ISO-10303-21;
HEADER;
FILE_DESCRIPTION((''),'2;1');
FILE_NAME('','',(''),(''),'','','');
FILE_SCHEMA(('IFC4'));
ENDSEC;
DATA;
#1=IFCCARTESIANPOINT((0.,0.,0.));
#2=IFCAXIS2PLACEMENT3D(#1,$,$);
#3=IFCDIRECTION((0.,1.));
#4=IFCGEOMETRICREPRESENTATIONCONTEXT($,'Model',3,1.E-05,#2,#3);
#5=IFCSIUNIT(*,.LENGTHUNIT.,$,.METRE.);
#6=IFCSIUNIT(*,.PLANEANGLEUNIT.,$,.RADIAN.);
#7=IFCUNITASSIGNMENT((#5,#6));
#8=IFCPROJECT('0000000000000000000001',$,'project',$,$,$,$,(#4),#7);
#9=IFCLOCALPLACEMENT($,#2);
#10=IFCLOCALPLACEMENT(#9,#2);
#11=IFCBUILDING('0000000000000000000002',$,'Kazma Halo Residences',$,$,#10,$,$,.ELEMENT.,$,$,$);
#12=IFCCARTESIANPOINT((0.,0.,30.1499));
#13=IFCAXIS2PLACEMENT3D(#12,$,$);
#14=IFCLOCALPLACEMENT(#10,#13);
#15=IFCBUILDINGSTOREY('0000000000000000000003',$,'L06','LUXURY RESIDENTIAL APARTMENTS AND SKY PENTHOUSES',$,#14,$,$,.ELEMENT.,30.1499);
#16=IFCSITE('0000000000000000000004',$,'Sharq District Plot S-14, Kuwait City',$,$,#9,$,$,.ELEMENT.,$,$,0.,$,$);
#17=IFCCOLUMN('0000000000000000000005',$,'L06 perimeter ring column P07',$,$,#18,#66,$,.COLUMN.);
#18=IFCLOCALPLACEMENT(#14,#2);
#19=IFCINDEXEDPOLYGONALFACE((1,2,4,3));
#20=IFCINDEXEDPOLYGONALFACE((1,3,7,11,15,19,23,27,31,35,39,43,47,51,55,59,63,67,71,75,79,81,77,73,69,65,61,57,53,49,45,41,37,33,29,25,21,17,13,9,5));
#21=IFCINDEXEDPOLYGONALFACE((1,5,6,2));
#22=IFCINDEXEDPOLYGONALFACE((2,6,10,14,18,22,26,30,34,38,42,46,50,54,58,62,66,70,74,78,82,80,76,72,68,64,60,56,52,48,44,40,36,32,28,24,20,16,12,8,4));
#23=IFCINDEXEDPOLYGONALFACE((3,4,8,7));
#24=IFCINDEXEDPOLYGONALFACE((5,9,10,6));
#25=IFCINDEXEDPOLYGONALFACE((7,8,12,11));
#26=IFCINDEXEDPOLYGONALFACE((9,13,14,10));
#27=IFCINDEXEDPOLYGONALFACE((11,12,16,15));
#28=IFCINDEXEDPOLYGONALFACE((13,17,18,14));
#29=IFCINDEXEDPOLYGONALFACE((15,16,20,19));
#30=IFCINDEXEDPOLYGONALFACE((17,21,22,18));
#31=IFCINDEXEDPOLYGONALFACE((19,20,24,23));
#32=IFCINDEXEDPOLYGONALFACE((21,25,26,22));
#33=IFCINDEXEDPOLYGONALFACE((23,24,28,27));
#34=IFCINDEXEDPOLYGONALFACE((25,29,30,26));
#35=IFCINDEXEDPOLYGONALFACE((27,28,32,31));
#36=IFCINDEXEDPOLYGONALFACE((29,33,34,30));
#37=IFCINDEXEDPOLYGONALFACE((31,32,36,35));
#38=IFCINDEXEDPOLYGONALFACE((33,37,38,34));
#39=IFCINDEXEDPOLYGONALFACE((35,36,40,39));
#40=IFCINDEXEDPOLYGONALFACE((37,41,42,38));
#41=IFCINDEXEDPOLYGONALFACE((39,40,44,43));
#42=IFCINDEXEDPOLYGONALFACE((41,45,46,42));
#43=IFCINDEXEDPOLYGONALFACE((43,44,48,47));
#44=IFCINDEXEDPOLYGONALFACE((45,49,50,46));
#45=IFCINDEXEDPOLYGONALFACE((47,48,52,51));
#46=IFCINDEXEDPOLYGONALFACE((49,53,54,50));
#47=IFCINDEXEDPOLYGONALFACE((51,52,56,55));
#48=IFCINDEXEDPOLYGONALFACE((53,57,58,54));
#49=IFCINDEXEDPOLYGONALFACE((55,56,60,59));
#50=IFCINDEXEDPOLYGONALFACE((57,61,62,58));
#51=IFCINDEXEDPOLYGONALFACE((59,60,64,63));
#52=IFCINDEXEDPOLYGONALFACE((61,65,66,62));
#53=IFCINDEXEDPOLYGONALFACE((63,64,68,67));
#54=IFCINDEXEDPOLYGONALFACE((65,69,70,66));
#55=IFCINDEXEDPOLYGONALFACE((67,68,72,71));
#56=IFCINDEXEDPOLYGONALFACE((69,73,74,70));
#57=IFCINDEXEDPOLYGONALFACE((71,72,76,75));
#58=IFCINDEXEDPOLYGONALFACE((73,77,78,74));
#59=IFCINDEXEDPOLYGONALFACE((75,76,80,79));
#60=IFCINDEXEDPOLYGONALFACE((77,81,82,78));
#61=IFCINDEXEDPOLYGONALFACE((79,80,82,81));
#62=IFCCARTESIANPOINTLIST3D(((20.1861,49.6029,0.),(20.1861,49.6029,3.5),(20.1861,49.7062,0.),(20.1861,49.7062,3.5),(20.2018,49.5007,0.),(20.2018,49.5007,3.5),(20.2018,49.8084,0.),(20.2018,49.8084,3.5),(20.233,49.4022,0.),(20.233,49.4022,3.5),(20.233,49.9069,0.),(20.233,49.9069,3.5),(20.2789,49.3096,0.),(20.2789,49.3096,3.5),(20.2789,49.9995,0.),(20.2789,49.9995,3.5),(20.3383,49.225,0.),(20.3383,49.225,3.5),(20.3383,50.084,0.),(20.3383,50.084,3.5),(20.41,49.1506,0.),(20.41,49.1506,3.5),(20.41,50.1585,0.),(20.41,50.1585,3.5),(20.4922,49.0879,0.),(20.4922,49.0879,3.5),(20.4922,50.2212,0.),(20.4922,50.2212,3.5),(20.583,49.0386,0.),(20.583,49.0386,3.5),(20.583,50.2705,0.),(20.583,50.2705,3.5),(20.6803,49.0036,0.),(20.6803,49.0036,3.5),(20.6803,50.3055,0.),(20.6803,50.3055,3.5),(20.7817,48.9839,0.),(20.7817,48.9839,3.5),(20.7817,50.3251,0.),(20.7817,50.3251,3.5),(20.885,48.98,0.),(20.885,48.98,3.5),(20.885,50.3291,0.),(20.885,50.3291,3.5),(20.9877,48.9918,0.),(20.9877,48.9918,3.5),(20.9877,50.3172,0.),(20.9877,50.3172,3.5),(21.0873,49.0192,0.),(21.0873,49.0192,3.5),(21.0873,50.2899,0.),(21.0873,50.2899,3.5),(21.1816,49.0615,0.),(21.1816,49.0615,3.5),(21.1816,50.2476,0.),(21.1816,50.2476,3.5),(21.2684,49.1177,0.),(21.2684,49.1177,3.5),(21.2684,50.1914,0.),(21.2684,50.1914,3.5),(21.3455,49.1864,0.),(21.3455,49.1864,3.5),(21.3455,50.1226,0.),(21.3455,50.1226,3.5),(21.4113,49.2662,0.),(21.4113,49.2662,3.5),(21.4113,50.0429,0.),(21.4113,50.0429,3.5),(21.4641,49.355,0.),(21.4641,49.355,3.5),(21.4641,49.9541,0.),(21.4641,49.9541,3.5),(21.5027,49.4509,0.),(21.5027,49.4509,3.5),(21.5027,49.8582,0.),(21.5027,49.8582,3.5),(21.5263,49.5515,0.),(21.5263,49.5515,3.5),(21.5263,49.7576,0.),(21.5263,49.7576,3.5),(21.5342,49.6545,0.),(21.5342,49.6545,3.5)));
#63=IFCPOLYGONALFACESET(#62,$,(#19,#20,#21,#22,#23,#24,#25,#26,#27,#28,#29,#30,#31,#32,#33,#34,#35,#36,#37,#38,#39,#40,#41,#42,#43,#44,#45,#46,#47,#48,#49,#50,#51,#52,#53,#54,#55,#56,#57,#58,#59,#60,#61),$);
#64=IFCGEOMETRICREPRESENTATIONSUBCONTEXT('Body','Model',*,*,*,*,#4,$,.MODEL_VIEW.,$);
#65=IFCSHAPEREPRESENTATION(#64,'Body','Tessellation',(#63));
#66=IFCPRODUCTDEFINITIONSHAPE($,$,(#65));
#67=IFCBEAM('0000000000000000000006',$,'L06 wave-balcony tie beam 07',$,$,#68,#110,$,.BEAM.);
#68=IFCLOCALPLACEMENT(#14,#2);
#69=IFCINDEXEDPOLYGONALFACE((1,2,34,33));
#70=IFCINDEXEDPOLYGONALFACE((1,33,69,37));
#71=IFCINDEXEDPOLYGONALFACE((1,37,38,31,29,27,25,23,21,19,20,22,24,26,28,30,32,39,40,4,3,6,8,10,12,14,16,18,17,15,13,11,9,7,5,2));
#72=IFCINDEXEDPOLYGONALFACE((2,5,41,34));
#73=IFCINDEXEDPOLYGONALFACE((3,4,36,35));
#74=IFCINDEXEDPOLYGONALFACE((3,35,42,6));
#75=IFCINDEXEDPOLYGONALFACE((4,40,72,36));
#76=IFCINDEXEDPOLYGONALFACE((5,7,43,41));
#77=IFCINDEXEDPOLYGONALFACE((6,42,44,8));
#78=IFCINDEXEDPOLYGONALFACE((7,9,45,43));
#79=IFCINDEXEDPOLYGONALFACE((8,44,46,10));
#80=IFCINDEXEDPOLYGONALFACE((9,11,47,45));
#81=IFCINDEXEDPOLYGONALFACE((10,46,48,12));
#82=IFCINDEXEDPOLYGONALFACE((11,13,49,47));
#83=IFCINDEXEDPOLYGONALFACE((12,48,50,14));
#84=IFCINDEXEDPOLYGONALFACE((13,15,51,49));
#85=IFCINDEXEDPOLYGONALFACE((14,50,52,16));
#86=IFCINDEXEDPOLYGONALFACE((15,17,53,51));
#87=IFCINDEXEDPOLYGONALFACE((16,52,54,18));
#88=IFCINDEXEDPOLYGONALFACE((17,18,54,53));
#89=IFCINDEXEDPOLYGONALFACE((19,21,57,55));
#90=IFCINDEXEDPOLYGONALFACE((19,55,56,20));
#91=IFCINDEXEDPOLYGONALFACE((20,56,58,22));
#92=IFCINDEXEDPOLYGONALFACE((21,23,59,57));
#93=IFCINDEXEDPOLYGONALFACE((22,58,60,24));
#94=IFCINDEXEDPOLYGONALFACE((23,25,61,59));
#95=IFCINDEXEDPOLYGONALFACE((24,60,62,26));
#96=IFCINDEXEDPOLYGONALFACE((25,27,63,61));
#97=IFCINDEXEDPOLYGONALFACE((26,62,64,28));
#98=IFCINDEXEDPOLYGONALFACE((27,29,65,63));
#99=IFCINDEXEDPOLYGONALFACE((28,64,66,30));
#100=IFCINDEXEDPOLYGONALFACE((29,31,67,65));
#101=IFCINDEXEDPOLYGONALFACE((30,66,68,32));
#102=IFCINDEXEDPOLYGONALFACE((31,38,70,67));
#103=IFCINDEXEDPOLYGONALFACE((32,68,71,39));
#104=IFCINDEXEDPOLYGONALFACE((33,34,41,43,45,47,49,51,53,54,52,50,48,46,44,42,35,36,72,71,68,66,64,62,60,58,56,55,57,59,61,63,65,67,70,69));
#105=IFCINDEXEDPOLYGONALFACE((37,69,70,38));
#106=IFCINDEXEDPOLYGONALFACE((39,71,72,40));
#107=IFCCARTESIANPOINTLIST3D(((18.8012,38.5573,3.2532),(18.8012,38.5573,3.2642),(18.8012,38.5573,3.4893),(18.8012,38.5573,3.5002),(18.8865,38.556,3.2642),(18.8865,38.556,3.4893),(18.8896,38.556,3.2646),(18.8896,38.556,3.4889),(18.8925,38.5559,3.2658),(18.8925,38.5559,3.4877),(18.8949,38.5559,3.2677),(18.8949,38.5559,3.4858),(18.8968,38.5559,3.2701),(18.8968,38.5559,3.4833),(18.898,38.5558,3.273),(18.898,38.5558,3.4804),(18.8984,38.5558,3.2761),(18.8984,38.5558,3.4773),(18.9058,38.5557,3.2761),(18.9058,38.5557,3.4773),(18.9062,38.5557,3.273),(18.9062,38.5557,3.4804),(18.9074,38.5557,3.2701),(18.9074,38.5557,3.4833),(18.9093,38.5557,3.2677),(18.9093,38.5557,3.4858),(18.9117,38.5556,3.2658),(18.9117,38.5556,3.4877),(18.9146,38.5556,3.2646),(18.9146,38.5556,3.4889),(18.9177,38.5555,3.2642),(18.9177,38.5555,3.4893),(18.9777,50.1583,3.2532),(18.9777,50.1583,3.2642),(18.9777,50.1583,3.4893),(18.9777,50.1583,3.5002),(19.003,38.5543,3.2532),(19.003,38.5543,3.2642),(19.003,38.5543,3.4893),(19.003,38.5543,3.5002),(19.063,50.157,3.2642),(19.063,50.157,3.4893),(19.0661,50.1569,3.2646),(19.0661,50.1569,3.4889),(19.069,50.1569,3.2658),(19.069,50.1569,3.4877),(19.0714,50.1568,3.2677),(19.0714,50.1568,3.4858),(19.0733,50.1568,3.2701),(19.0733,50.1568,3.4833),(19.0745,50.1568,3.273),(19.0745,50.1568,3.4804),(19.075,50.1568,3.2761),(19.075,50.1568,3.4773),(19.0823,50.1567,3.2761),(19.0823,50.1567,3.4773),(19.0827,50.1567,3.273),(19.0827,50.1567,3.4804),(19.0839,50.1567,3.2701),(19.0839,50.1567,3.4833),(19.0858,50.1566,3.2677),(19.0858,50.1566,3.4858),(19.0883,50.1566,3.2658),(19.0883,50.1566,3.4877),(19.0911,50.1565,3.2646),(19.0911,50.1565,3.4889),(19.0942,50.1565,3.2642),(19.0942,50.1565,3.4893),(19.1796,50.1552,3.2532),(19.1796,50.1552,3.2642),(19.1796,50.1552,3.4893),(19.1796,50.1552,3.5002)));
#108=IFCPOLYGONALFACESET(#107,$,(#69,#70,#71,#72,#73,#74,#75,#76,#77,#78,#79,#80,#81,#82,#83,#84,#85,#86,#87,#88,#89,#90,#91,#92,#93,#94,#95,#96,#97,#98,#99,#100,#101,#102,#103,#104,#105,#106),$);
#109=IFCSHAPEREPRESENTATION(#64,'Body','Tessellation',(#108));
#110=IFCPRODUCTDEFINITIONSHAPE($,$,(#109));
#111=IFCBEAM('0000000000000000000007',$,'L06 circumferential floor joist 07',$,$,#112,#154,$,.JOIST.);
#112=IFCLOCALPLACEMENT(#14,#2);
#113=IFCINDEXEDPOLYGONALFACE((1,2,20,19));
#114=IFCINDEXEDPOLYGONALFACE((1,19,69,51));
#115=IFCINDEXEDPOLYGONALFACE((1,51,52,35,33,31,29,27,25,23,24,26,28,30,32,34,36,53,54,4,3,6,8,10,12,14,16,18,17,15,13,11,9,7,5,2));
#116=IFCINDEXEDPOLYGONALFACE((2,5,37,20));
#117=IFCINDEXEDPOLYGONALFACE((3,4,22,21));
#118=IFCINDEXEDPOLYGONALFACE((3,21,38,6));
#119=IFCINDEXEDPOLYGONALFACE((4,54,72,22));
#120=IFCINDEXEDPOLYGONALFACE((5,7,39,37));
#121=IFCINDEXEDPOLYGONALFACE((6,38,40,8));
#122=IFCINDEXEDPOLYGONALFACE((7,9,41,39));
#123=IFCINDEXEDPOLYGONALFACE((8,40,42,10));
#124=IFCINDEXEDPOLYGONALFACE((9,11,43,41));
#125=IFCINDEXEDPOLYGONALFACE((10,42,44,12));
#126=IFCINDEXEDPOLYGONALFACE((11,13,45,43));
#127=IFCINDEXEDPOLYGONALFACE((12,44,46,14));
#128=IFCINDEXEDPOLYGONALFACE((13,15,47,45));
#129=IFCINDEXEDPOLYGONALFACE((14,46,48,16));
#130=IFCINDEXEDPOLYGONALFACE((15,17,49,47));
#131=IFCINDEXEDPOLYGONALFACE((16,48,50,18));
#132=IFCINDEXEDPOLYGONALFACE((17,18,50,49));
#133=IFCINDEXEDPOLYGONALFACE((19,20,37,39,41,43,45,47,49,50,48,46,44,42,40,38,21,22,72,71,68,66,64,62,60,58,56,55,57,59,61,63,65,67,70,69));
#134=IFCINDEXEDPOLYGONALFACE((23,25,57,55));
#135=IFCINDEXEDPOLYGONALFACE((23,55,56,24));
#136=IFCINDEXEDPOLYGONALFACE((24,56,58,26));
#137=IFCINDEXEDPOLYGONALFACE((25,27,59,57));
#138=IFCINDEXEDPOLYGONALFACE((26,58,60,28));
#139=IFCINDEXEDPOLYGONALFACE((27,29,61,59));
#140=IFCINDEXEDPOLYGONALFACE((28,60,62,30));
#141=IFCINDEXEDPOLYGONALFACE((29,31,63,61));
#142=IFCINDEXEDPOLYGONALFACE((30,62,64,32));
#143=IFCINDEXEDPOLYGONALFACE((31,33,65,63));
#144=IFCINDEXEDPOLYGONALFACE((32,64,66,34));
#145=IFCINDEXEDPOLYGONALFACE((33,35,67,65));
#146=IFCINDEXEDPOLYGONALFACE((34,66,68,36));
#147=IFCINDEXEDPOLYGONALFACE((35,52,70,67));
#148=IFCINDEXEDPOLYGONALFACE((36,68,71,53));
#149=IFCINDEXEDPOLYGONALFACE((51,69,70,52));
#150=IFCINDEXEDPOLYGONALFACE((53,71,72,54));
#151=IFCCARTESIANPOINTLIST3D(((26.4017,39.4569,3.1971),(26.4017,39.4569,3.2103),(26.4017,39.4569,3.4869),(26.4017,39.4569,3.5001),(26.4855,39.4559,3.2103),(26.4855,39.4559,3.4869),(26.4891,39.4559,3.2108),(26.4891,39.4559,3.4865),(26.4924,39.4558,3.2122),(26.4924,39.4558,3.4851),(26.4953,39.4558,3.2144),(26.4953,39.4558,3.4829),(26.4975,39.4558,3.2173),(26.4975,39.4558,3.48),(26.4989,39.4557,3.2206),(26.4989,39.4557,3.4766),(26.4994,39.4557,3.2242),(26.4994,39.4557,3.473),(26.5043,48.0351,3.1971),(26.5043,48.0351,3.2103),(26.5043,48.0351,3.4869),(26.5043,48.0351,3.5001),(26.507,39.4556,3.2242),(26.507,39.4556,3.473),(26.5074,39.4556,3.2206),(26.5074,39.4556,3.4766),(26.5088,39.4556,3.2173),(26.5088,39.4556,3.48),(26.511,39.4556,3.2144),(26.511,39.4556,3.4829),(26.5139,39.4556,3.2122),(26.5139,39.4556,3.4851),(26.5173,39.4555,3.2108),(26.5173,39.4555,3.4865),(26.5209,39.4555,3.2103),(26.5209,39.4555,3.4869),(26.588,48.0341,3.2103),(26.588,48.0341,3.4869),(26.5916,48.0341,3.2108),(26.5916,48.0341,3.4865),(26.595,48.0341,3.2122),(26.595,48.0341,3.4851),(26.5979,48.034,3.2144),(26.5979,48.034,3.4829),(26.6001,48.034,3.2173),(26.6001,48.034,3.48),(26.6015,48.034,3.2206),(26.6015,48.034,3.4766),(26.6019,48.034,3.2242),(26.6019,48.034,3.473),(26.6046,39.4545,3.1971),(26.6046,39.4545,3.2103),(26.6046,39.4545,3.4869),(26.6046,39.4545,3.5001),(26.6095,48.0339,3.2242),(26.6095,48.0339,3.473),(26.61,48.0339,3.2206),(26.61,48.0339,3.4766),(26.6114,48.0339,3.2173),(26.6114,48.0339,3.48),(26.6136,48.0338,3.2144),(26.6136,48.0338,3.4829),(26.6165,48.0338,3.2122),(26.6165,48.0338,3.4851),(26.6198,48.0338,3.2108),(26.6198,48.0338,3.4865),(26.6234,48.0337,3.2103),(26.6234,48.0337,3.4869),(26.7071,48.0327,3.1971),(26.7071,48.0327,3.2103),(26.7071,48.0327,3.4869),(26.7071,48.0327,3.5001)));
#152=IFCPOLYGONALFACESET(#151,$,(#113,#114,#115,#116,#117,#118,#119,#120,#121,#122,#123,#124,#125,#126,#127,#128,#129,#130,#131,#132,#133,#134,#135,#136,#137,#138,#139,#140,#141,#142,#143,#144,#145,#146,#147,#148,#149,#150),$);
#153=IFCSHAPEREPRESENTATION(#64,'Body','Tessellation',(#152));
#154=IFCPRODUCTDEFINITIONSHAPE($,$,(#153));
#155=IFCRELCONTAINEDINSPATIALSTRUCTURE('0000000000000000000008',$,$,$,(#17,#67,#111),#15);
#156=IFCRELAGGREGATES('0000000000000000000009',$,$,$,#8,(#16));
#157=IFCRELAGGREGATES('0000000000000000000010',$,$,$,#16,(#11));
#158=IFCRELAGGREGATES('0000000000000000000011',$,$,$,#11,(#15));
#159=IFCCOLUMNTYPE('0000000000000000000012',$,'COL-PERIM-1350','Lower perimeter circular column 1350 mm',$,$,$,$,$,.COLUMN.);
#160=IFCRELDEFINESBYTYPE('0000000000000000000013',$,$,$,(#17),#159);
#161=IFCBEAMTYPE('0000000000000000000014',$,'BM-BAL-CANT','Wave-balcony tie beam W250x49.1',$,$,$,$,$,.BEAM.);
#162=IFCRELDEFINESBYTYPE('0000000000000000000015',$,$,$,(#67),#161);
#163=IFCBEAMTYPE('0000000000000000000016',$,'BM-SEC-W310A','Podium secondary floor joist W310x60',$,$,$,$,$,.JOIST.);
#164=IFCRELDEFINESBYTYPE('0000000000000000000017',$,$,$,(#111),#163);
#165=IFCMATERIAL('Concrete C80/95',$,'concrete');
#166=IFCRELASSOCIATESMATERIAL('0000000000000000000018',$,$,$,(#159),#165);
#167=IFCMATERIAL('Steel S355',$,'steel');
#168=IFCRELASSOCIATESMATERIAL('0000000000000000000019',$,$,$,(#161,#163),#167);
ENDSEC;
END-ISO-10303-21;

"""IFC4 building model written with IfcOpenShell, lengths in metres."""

from ifc_helpers import new_model, si_unit, direction, frame, origin, origin_2d, place, context, subcontext, project, spatial, circle, i_section, extrude, material, material_profile, profile_set, type_object, element, save


model = new_model("IFC4")

# Units and contexts
model_context = context("Model", 3, precision=1e-05, world=origin(), true_north=direction((0.0, 1.0)))
body_context = subcontext(model_context, "Body", "Model", "MODEL_VIEW")
ifc_project = project(units=[si_unit("LENGTHUNIT", "METRE"), si_unit("PLANEANGLEUNIT", "RADIAN")], contexts=[model_context])

# Site, building, storey
site_placement = place(None, origin())
site = spatial("IfcSite", under=ifc_project, at=site_placement, Name="Sharq District Plot S-14, Kuwait City", CompositionType="ELEMENT", RefElevation=0.0)
building_placement = place(site_placement, origin())
building = spatial("IfcBuilding", under=site, at=building_placement, Name="Kazma Halo Residences", CompositionType="ELEMENT")
storey_placement = place(building_placement, frame((0.0, 0.0, 30.1499)))
storey = spatial("IfcBuildingStorey", under=building, at=storey_placement, Name="L06", Description="LUXURY RESIDENTIAL APARTMENTS AND SKY PENTHOUSES", CompositionType="ELEMENT", Elevation=30.1499)

# Column
ifc_material_1 = material(Name="Concrete C80/95", Category="concrete")
ifc_material_profile_1 = material_profile(ifc_material_1, circle(Radius=0.675, at=origin_2d()), Name="CIRC1350")
ifc_profile_set_1 = profile_set([ifc_material_profile_1], Name="Concrete C80/95")
column_type = type_object("IfcColumnType", Name="COL-PERIM-1350", Description="Lower perimeter circular column 1350 mm", PredefinedType="COLUMN", material=ifc_profile_set_1)
column_placement = place(storey_placement, frame((20.8591, 49.6545, 0.0), z_axis=(0.0, 0.0, 1.0), x_axis=(1.0, 0.0, 0.0)))
element("IfcColumn", 1, at=column_placement, inside=storey, type_object=column_type, Name="L06 perimeter ring column P07", PredefinedType="COLUMN", context=body_context, shape_type="SweptSolid", body=[
    extrude(circle(Radius=0.675, at=origin_2d()), origin(), (0.0, 0.0, 1.0), 3.5),
])

# Beams
ifc_material_2 = material(Name="Steel S355", Category="steel")
ifc_material_profile_2 = material_profile(ifc_material_2, i_section(OverallWidth=0.2019, OverallDepth=0.2471, WebThickness=0.0073, FlangeThickness=0.011, FilletRadius=0.012, at=origin_2d()), Name="W250x49.1")
ifc_profile_set_2 = profile_set([ifc_material_profile_2], Name="Steel S355")
beam_type_1 = type_object("IfcBeamType", Name="BM-BAL-CANT", Description="Wave-balcony tie beam W250x49.1", PredefinedType="BEAM", material=ifc_profile_set_2)
beam_1_placement = place(storey_placement, frame((19.0786, 50.1567, 3.3767), z_axis=(-0.015214, -0.999884, 0.0), x_axis=(0.999884, -0.015214, 0.0)))
element("IfcBeam", 2, at=beam_1_placement, inside=storey, type_object=beam_type_1, Name="L06 wave-balcony tie beam 07", PredefinedType="BEAM", context=body_context, shape_type="SweptSolid", body=[
    extrude(i_section(OverallWidth=0.2019, OverallDepth=0.2471, WebThickness=0.0073, FlangeThickness=0.011, FilletRadius=0.012, at=origin_2d()), origin(), (0.0, 0.0, 1.0), 11.6023),
])
ifc_material_profile_3 = material_profile(ifc_material_2, i_section(OverallWidth=0.2029, OverallDepth=0.303, WebThickness=0.0076, FlangeThickness=0.0132, FilletRadius=0.0139, at=origin_2d()), Name="W310x60")
ifc_profile_set_3 = profile_set([ifc_material_profile_3], Name="Steel S355")
beam_type_2 = type_object("IfcBeamType", Name="BM-SEC-W310A", Description="Podium secondary floor joist W310x60", PredefinedType="JOIST", material=ifc_profile_set_3)
beam_2_placement = place(storey_placement, frame((26.6057, 48.0339, 3.3486), z_axis=(-0.011953, -0.999929, 0.0), x_axis=(0.999929, -0.011953, 0.0)))
element("IfcBeam", 3, at=beam_2_placement, inside=storey, type_object=beam_type_2, Name="L06 circumferential floor joist 07", PredefinedType="JOIST", context=body_context, shape_type="SweptSolid", body=[
    extrude(i_section(OverallWidth=0.2029, OverallDepth=0.303, WebThickness=0.0076, FlangeThickness=0.0132, FilletRadius=0.0139, at=origin_2d()), origin(), (0.0, 0.0, 1.0), 8.5789),
])

save(model, "model.ifc")
